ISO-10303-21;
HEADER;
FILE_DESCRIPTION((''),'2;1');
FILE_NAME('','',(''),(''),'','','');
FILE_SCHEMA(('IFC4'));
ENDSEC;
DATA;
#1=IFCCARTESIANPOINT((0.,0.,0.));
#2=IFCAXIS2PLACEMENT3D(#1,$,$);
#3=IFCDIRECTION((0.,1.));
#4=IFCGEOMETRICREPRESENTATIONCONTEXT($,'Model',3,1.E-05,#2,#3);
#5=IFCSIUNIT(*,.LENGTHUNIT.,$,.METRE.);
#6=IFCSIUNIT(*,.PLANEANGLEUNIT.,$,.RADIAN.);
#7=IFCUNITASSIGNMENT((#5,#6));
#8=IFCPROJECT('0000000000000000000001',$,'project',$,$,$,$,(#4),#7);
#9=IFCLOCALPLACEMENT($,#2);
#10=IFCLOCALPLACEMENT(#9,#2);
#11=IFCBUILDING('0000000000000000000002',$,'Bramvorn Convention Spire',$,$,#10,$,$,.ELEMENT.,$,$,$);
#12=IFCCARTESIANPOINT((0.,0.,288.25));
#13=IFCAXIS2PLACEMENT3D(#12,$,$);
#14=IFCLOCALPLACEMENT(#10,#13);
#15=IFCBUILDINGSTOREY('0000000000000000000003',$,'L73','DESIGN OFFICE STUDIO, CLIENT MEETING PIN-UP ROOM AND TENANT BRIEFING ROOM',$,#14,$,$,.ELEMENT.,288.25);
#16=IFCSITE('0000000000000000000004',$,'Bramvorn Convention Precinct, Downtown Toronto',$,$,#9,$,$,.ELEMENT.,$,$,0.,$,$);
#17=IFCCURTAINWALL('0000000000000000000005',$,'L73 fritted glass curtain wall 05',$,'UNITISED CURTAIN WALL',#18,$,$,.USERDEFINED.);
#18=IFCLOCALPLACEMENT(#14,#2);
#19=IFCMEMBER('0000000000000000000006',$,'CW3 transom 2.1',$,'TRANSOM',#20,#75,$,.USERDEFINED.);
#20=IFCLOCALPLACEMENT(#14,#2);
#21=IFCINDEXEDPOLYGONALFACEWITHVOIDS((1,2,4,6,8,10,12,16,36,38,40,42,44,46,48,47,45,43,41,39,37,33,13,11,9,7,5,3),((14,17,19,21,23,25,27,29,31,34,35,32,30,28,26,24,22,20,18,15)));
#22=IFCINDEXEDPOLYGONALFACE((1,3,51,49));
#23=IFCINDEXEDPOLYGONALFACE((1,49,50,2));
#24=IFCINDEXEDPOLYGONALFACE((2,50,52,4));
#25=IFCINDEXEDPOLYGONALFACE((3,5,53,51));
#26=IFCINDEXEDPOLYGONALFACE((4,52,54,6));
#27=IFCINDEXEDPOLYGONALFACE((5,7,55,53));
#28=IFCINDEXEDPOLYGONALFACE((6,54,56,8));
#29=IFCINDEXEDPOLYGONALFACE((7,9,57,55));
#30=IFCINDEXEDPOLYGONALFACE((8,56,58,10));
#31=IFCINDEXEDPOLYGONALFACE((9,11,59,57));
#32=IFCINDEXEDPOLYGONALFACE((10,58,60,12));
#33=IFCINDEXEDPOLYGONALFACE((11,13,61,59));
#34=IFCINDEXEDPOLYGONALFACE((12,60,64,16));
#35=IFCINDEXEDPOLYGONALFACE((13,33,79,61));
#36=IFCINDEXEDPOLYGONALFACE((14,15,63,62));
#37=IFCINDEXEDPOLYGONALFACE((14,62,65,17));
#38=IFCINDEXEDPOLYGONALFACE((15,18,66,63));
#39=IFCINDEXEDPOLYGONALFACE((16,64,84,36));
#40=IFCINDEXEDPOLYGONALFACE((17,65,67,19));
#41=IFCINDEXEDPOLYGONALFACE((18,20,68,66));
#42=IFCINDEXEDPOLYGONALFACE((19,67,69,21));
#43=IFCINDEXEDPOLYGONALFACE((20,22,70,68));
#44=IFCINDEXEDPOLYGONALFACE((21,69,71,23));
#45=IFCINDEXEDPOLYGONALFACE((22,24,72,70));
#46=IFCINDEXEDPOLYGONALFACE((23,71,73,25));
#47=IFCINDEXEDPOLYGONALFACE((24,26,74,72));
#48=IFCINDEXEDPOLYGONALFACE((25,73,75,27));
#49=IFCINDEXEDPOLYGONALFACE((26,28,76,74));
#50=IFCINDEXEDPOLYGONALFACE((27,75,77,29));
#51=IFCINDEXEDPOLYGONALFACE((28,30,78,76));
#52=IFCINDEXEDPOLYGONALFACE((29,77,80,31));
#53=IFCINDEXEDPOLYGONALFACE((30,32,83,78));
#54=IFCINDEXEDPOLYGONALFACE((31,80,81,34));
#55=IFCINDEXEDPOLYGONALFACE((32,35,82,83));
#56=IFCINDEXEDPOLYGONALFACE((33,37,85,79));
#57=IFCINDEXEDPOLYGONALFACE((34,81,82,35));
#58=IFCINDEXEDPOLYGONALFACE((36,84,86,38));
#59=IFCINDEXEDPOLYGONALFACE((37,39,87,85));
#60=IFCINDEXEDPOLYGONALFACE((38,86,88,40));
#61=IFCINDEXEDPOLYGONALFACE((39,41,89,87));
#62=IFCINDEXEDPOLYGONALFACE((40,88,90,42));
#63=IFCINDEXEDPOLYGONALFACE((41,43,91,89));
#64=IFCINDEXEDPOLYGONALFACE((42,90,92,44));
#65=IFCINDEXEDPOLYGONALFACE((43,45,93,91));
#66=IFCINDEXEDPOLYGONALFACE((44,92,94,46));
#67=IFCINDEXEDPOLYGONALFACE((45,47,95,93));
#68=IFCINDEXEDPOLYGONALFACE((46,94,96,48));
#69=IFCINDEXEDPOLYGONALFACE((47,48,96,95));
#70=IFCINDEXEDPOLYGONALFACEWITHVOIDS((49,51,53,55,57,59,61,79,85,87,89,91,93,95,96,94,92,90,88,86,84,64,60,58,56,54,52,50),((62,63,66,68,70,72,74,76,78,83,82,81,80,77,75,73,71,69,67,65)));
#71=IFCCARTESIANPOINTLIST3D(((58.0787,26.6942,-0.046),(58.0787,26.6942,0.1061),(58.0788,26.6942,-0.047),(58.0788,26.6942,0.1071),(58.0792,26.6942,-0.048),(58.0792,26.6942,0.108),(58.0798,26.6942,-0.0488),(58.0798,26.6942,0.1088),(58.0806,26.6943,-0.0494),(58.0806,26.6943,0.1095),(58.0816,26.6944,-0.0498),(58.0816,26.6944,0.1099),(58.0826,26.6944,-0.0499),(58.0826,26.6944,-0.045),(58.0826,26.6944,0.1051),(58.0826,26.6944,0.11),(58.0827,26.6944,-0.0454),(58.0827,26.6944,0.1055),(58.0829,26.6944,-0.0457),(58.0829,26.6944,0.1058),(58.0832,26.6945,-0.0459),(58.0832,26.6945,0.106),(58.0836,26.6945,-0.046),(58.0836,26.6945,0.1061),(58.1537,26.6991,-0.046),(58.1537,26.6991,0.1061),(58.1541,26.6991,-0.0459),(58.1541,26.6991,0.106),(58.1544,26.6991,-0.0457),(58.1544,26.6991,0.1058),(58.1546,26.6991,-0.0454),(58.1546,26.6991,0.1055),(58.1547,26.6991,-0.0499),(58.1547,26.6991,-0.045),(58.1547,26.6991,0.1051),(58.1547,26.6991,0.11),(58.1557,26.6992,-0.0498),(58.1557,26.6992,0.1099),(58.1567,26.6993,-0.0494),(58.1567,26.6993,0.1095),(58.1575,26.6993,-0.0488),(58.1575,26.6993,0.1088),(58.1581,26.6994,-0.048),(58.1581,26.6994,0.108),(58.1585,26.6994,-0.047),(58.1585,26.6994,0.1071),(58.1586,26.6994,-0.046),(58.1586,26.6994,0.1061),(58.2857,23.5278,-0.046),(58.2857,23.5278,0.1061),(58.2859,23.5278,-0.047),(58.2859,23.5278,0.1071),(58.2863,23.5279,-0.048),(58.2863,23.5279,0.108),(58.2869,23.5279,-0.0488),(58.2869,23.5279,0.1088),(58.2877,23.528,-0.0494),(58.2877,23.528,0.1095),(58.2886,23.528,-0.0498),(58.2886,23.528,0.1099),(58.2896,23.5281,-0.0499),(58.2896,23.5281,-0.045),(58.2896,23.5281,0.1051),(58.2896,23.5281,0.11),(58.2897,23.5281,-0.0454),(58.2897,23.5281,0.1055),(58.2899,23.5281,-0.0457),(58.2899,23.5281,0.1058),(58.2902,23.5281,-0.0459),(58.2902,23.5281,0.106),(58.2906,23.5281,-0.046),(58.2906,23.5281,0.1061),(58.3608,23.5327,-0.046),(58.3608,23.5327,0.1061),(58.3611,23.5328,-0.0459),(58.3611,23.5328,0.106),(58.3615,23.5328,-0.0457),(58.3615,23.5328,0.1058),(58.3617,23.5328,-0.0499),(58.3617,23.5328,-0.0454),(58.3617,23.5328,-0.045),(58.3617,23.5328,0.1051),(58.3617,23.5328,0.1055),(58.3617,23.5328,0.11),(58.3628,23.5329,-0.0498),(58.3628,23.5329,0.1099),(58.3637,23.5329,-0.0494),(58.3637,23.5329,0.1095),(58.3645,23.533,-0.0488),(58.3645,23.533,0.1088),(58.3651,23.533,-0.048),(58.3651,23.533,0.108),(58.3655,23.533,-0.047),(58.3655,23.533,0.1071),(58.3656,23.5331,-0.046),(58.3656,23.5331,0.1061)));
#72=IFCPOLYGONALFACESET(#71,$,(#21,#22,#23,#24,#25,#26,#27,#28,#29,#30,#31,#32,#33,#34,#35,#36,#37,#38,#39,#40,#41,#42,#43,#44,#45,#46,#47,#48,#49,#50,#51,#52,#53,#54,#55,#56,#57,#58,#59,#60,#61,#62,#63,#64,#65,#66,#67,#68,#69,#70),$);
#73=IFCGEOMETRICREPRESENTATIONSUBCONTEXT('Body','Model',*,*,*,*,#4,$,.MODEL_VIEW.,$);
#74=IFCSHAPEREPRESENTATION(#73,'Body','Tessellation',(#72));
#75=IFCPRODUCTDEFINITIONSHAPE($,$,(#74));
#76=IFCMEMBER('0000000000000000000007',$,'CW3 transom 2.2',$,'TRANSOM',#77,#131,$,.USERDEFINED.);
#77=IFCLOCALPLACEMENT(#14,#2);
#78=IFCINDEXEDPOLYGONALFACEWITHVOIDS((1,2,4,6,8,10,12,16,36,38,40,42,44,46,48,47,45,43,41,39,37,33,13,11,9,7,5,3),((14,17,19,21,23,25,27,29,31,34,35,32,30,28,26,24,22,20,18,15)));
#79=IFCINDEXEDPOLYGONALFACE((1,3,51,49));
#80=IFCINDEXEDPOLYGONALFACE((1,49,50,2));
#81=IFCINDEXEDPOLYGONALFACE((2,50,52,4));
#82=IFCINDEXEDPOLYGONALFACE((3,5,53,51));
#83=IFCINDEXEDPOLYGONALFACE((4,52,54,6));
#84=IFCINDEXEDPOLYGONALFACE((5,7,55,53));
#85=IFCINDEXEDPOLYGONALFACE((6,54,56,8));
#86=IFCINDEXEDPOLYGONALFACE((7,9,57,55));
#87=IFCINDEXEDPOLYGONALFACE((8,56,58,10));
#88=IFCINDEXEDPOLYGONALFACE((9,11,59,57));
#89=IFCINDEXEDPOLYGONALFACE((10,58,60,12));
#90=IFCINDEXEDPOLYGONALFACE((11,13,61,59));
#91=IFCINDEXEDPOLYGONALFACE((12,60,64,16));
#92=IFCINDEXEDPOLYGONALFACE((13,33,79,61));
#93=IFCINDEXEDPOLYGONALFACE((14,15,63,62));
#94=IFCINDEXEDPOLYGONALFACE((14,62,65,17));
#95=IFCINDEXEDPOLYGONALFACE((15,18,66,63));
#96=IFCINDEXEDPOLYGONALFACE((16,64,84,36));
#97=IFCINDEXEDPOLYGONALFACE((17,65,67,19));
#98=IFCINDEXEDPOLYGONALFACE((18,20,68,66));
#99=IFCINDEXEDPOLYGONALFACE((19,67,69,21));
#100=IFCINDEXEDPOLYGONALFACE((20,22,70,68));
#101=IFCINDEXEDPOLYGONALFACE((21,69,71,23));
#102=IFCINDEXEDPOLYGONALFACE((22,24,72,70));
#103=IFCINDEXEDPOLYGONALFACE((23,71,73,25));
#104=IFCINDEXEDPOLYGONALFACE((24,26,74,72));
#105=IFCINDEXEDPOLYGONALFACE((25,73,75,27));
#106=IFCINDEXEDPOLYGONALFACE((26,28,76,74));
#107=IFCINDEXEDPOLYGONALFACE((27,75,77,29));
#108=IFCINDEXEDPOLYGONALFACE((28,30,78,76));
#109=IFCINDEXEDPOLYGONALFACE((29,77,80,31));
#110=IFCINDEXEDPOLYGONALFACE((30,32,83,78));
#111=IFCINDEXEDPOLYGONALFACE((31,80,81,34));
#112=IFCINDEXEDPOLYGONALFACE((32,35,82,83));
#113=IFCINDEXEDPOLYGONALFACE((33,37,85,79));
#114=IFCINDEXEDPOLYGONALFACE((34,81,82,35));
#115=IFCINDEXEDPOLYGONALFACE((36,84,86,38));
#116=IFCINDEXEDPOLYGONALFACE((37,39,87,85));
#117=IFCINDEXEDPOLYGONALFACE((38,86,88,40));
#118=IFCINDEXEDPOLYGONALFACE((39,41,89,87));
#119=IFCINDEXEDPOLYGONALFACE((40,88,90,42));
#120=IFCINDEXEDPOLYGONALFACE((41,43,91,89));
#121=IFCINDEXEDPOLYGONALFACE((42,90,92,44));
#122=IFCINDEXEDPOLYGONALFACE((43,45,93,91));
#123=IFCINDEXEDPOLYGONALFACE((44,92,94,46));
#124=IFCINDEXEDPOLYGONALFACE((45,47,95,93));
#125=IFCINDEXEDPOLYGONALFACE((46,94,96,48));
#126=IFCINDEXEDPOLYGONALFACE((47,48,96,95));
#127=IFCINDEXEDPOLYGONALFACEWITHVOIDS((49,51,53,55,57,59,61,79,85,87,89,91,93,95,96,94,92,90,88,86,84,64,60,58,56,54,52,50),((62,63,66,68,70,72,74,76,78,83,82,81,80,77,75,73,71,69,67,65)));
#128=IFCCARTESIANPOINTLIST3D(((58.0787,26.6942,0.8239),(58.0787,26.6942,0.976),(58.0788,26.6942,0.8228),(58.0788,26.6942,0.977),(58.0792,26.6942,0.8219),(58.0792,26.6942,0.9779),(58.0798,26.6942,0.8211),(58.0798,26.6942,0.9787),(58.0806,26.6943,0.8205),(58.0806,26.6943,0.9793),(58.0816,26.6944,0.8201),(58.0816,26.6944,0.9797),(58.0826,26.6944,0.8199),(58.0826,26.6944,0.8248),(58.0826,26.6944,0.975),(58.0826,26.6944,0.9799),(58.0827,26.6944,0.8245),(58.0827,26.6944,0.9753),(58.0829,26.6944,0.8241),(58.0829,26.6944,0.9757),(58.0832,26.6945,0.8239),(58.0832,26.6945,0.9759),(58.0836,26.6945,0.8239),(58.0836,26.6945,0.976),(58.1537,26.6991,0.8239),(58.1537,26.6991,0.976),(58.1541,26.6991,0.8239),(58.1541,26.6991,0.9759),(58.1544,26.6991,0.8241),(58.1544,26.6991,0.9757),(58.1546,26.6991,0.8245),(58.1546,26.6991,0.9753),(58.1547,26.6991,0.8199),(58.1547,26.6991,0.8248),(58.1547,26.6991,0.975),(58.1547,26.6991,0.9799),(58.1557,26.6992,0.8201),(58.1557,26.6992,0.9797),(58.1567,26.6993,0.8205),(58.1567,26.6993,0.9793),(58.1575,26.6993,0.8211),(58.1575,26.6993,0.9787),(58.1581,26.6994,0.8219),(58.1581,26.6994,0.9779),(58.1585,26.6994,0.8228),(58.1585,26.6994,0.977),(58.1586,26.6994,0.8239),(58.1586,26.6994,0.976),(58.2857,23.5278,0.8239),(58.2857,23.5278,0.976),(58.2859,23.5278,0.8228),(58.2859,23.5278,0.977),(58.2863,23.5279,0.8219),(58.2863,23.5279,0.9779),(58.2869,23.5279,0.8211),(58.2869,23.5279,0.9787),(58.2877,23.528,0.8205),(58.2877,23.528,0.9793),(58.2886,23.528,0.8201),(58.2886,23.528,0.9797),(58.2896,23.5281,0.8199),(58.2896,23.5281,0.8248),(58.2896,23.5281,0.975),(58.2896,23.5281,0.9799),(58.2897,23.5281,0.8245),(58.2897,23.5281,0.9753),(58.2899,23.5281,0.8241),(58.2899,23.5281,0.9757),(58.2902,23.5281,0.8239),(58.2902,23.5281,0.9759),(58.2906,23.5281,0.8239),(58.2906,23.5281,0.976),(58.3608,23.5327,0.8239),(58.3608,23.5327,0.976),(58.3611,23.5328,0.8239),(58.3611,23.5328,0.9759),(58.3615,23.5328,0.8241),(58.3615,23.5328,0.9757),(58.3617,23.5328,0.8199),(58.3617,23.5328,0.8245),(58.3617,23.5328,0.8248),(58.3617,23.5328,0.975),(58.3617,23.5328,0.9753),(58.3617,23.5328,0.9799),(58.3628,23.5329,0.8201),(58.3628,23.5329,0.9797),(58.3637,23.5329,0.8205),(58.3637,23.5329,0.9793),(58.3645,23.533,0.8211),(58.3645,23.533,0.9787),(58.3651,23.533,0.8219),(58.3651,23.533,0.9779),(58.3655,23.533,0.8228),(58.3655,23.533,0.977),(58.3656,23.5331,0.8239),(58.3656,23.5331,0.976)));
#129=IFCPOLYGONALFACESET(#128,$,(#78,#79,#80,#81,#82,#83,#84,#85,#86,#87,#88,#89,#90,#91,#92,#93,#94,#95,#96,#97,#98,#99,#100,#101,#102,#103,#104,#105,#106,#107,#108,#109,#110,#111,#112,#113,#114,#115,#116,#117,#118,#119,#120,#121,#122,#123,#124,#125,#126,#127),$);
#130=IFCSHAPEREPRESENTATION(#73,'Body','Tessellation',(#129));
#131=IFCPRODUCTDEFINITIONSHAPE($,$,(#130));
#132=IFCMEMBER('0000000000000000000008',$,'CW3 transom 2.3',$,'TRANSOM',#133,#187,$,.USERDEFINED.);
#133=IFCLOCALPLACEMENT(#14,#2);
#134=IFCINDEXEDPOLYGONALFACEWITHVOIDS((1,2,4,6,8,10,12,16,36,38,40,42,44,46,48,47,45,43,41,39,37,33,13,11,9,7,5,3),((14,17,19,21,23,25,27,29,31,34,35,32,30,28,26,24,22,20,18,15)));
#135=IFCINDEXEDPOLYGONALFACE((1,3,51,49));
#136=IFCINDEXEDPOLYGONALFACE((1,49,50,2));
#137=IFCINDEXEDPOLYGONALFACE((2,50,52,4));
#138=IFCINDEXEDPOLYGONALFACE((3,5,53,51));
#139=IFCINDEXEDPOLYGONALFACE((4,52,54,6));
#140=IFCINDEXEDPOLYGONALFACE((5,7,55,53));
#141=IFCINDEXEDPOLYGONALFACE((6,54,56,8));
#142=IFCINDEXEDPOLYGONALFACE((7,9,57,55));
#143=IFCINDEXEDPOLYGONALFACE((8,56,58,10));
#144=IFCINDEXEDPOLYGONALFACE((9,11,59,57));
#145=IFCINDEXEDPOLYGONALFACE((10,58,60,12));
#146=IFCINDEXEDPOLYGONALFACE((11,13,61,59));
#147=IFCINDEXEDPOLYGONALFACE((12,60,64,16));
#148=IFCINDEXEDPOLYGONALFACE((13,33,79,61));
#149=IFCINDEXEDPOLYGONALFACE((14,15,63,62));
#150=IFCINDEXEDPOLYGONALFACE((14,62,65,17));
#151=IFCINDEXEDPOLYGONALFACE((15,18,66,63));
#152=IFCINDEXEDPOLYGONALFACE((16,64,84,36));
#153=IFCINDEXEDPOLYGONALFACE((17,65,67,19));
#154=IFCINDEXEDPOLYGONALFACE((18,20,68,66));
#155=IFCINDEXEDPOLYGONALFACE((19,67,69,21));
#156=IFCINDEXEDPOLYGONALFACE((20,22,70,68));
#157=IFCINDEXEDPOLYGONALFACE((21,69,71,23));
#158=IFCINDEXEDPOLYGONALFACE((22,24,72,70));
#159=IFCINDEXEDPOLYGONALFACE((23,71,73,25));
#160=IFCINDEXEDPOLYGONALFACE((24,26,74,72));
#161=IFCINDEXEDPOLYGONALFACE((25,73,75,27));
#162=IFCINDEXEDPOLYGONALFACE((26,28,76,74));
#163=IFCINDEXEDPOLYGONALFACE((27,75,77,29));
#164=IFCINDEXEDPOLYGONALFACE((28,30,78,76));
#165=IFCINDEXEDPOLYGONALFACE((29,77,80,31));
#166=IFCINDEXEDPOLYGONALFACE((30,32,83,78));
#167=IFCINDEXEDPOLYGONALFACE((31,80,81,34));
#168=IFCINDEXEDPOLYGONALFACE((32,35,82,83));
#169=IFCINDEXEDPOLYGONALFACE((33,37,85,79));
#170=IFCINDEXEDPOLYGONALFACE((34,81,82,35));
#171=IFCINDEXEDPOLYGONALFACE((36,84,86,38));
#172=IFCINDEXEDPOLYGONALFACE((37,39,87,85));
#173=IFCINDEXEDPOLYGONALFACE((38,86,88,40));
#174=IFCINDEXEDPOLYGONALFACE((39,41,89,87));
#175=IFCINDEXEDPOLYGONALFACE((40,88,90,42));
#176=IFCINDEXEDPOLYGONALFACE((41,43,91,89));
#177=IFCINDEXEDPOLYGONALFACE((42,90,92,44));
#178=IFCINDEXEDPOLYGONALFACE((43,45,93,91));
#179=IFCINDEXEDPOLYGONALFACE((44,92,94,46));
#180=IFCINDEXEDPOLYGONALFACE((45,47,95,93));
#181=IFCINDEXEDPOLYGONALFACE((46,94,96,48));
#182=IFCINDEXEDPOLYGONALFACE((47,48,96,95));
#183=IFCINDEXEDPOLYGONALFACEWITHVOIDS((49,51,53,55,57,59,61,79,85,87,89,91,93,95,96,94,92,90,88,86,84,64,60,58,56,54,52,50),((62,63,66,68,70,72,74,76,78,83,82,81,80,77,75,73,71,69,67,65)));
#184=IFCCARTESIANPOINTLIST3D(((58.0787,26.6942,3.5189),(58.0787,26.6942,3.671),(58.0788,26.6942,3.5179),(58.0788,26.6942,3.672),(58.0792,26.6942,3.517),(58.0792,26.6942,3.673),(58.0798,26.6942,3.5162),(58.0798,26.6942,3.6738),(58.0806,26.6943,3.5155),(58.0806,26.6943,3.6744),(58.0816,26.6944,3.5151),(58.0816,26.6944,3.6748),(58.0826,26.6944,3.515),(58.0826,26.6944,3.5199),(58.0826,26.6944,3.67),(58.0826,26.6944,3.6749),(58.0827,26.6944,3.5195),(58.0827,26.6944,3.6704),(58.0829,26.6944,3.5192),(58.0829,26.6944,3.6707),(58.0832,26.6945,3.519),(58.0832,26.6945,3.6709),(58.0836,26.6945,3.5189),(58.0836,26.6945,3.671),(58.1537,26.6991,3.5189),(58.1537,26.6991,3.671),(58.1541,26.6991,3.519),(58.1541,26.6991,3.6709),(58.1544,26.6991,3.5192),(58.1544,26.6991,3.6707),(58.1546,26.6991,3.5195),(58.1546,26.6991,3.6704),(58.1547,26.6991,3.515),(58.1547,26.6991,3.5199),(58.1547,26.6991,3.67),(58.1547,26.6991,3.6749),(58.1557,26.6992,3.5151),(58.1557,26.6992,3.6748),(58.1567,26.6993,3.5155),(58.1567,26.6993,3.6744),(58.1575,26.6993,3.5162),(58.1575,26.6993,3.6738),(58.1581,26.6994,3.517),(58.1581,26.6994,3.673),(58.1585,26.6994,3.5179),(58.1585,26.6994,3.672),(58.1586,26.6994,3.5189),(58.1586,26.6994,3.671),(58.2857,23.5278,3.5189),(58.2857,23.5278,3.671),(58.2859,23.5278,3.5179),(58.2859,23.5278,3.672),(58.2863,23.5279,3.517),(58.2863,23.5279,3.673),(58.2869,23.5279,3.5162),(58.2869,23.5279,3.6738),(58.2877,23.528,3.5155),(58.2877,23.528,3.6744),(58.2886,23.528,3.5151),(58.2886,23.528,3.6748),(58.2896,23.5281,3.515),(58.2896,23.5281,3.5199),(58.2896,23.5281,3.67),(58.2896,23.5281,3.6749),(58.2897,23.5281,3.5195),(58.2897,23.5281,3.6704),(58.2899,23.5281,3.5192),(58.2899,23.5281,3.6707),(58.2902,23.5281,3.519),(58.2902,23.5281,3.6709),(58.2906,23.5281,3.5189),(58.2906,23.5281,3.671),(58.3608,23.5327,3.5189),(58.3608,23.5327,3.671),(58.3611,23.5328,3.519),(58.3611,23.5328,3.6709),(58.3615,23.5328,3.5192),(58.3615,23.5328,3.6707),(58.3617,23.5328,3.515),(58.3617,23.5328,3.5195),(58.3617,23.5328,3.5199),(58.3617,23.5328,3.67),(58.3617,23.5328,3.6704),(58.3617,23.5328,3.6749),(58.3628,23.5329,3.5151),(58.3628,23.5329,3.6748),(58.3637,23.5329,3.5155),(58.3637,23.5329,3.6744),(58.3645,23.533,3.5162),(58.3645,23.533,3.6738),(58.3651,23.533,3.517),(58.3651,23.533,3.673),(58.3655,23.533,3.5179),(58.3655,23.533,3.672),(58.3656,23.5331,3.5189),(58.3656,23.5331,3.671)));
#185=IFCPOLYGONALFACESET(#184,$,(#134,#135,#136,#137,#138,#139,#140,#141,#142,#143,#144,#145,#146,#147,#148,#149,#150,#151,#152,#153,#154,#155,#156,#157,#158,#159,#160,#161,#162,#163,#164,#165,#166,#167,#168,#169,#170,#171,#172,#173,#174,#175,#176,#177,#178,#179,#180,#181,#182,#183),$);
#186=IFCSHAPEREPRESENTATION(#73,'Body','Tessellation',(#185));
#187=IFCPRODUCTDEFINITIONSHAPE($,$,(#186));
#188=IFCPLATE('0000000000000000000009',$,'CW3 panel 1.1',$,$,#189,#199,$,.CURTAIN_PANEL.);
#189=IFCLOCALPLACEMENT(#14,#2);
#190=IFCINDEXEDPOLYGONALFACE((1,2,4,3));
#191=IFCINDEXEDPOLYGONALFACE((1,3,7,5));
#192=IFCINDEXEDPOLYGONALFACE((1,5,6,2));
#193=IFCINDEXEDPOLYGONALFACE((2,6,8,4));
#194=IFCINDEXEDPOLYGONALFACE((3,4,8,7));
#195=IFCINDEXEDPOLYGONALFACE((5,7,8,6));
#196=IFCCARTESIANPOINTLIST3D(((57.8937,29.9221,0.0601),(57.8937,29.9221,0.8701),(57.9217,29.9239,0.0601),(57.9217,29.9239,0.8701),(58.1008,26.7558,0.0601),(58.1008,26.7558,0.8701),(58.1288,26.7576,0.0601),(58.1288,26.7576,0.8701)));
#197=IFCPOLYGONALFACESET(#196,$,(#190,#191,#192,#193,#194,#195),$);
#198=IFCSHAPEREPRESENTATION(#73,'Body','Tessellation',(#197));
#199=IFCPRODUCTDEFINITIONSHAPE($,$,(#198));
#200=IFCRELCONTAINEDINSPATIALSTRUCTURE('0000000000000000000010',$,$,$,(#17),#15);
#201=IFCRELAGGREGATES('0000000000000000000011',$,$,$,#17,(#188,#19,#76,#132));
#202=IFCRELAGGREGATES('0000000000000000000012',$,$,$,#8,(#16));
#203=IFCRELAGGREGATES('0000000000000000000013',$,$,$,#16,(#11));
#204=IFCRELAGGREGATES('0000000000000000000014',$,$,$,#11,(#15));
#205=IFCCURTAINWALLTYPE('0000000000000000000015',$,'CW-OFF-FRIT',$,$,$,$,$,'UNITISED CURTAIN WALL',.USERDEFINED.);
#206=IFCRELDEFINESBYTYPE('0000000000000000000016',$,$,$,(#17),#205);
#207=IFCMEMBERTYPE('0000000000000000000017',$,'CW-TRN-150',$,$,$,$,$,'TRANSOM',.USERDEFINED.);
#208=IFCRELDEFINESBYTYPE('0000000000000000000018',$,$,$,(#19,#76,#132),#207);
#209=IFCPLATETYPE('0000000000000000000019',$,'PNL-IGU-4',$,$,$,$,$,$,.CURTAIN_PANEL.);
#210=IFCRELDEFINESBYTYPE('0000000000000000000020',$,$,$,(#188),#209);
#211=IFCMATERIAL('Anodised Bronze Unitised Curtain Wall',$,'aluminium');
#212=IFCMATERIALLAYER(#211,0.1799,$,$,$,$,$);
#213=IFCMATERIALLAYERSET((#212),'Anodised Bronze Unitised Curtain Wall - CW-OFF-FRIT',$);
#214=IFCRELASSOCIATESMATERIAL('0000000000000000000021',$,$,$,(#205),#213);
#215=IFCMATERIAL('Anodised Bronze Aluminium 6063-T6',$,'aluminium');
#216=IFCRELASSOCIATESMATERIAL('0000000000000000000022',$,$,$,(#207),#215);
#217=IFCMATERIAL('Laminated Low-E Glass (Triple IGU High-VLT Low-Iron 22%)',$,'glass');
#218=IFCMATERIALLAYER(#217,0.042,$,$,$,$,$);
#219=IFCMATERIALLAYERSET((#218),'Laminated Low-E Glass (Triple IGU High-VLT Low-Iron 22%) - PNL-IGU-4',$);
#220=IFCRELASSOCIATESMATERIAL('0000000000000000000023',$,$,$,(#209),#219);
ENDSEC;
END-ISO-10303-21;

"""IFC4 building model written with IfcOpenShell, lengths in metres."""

from ifc_helpers import new_model, si_unit, direction, frame, origin, origin_2d, place, context, subcontext, project, spatial, rectangle, hollow_rectangle, extrude, material, layer, layer_set, material_profile, profile_set, type_object, element, aggregate, save


model = new_model("IFC4")

# Units and contexts
model_context = context("Model", 3, precision=1e-05, world=origin(), true_north=direction((0.0, 1.0)))
body_context = subcontext(model_context, "Body", "Model", "MODEL_VIEW")
ifc_project = project(units=[si_unit("LENGTHUNIT", "METRE"), si_unit("PLANEANGLEUNIT", "RADIAN")], contexts=[model_context])

# Site, building, storey
site_placement = place(None, origin())
site = spatial("IfcSite", under=ifc_project, at=site_placement, Name="Bramvorn Convention Precinct, Downtown Toronto", CompositionType="ELEMENT", RefElevation=0.0)
building_placement = place(site_placement, origin())
building = spatial("IfcBuilding", under=site, at=building_placement, Name="Bramvorn Convention Spire", CompositionType="ELEMENT")
storey_placement = place(building_placement, frame((0.0, 0.0, 288.25)))
storey = spatial("IfcBuildingStorey", under=building, at=storey_placement, Name="L73", Description="DESIGN OFFICE STUDIO, CLIENT MEETING PIN-UP ROOM AND TENANT BRIEFING ROOM", CompositionType="ELEMENT", Elevation=288.25)

# Curtain wall, members, plate
ifc_material_1 = material(Name="Anodised Bronze Unitised Curtain Wall", Category="aluminium")
ifc_layer_1 = layer(ifc_material_1, 0.1799)
ifc_layer_set_1 = layer_set([ifc_layer_1], Name="Anodised Bronze Unitised Curtain Wall - CW-OFF-FRIT")
curtain_wall_type = type_object("IfcCurtainWallType", Name="CW-OFF-FRIT", ElementType="UNITISED CURTAIN WALL", PredefinedType="USERDEFINED", material=ifc_layer_set_1)
curtain_wall_placement = place(storey_placement, origin())
curtain_wall = element("IfcCurtainWall", 1, at=curtain_wall_placement, inside=storey, type_object=curtain_wall_type, Name="L73 fritted glass curtain wall 05", ObjectType="UNITISED CURTAIN WALL", PredefinedType="USERDEFINED")
ifc_material_2 = material(Name="Anodised Bronze Aluminium 6063-T6", Category="aluminium")
ifc_material_profile_1 = material_profile(ifc_material_2, hollow_rectangle(XDim=0.0801, YDim=0.1599, WallThickness=0.0039, InnerFilletRadius=0.001, OuterFilletRadius=0.0039, at=origin_2d()))
ifc_profile_set_1 = profile_set([ifc_material_profile_1], Name="Anodised Bronze Aluminium 6063-T6 - CWT80X160")
member_type_1 = type_object("IfcMemberType", Name="CW-TRN-150", ElementType="TRANSOM", PredefinedType="USERDEFINED", material=ifc_profile_set_1)
member_1_placement = place(storey_placement, frame((58.1187, 26.6968, 0.03), z_axis=(0.065247, -0.997869, 0.0), x_axis=(0.997869, 0.065247, 0.0)))
member_1 = element("IfcMember", 2, at=member_1_placement, type_object=member_type_1, Name="CW3 transom 2.1", ObjectType="TRANSOM", PredefinedType="USERDEFINED", context=body_context, shape_type="SweptSolid", body=[
    extrude(hollow_rectangle(XDim=0.0801, YDim=0.1599, WallThickness=0.0039, InnerFilletRadius=0.001, OuterFilletRadius=0.0039, at=origin_2d()), origin(), (0.0, 0.0, 1.0), 3.1731),
])
member_2_placement = place(storey_placement, frame((58.1187, 26.6968, 0.8999), z_axis=(0.065247, -0.997869, 0.0), x_axis=(0.997869, 0.065247, 0.0)))
member_2 = element("IfcMember", 3, at=member_2_placement, type_object=member_type_1, Name="CW3 transom 2.2", ObjectType="TRANSOM", PredefinedType="USERDEFINED", context=body_context, shape_type="SweptSolid", body=[
    extrude(hollow_rectangle(XDim=0.0801, YDim=0.1599, WallThickness=0.0039, InnerFilletRadius=0.001, OuterFilletRadius=0.0039, at=origin_2d()), origin(), (0.0, 0.0, 1.0), 3.1731),
])
member_3_placement = place(storey_placement, frame((58.1187, 26.6968, 3.595), z_axis=(0.065247, -0.997869, 0.0), x_axis=(0.997869, 0.065247, 0.0)))
member_3 = element("IfcMember", 4, at=member_3_placement, type_object=member_type_1, Name="CW3 transom 2.3", ObjectType="TRANSOM", PredefinedType="USERDEFINED", context=body_context, shape_type="SweptSolid", body=[
    extrude(hollow_rectangle(XDim=0.0801, YDim=0.1599, WallThickness=0.0039, InnerFilletRadius=0.001, OuterFilletRadius=0.0039, at=origin_2d()), origin(), (0.0, 0.0, 1.0), 3.1731),
])
ifc_material_3 = material(Name="Laminated Low-E Glass (Triple IGU High-VLT Low-Iron 22%)", Category="glass")
ifc_layer_2 = layer(ifc_material_3, 0.042)
ifc_layer_set_2 = layer_set([ifc_layer_2], Name="Laminated Low-E Glass (Triple IGU High-VLT Low-Iron 22%) - PNL-IGU-4")
plate_type = type_object("IfcPlateType", Name="PNL-IGU-4", PredefinedType="CURTAIN_PANEL", material=ifc_layer_set_2)
plate_1_placement = place(storey_placement, frame((58.0112, 28.3398, 0.0601), z_axis=(0.0, 0.0, 1.0), x_axis=(0.065261, -0.997868, 0.0)))
plate_1 = element("IfcPlate", 5, at=plate_1_placement, type_object=plate_type, Name="CW3 panel 1.1", PredefinedType="CURTAIN_PANEL", context=body_context, shape_type="SweptSolid", body=[
    extrude(rectangle(XDim=3.1731, YDim=0.0281, at=origin_2d()), origin(), (0.0, 0.0, 1.0), 0.8101),
])
aggregate(curtain_wall, [plate_1, member_1, member_2, member_3])

save(model, "model.ifc")
